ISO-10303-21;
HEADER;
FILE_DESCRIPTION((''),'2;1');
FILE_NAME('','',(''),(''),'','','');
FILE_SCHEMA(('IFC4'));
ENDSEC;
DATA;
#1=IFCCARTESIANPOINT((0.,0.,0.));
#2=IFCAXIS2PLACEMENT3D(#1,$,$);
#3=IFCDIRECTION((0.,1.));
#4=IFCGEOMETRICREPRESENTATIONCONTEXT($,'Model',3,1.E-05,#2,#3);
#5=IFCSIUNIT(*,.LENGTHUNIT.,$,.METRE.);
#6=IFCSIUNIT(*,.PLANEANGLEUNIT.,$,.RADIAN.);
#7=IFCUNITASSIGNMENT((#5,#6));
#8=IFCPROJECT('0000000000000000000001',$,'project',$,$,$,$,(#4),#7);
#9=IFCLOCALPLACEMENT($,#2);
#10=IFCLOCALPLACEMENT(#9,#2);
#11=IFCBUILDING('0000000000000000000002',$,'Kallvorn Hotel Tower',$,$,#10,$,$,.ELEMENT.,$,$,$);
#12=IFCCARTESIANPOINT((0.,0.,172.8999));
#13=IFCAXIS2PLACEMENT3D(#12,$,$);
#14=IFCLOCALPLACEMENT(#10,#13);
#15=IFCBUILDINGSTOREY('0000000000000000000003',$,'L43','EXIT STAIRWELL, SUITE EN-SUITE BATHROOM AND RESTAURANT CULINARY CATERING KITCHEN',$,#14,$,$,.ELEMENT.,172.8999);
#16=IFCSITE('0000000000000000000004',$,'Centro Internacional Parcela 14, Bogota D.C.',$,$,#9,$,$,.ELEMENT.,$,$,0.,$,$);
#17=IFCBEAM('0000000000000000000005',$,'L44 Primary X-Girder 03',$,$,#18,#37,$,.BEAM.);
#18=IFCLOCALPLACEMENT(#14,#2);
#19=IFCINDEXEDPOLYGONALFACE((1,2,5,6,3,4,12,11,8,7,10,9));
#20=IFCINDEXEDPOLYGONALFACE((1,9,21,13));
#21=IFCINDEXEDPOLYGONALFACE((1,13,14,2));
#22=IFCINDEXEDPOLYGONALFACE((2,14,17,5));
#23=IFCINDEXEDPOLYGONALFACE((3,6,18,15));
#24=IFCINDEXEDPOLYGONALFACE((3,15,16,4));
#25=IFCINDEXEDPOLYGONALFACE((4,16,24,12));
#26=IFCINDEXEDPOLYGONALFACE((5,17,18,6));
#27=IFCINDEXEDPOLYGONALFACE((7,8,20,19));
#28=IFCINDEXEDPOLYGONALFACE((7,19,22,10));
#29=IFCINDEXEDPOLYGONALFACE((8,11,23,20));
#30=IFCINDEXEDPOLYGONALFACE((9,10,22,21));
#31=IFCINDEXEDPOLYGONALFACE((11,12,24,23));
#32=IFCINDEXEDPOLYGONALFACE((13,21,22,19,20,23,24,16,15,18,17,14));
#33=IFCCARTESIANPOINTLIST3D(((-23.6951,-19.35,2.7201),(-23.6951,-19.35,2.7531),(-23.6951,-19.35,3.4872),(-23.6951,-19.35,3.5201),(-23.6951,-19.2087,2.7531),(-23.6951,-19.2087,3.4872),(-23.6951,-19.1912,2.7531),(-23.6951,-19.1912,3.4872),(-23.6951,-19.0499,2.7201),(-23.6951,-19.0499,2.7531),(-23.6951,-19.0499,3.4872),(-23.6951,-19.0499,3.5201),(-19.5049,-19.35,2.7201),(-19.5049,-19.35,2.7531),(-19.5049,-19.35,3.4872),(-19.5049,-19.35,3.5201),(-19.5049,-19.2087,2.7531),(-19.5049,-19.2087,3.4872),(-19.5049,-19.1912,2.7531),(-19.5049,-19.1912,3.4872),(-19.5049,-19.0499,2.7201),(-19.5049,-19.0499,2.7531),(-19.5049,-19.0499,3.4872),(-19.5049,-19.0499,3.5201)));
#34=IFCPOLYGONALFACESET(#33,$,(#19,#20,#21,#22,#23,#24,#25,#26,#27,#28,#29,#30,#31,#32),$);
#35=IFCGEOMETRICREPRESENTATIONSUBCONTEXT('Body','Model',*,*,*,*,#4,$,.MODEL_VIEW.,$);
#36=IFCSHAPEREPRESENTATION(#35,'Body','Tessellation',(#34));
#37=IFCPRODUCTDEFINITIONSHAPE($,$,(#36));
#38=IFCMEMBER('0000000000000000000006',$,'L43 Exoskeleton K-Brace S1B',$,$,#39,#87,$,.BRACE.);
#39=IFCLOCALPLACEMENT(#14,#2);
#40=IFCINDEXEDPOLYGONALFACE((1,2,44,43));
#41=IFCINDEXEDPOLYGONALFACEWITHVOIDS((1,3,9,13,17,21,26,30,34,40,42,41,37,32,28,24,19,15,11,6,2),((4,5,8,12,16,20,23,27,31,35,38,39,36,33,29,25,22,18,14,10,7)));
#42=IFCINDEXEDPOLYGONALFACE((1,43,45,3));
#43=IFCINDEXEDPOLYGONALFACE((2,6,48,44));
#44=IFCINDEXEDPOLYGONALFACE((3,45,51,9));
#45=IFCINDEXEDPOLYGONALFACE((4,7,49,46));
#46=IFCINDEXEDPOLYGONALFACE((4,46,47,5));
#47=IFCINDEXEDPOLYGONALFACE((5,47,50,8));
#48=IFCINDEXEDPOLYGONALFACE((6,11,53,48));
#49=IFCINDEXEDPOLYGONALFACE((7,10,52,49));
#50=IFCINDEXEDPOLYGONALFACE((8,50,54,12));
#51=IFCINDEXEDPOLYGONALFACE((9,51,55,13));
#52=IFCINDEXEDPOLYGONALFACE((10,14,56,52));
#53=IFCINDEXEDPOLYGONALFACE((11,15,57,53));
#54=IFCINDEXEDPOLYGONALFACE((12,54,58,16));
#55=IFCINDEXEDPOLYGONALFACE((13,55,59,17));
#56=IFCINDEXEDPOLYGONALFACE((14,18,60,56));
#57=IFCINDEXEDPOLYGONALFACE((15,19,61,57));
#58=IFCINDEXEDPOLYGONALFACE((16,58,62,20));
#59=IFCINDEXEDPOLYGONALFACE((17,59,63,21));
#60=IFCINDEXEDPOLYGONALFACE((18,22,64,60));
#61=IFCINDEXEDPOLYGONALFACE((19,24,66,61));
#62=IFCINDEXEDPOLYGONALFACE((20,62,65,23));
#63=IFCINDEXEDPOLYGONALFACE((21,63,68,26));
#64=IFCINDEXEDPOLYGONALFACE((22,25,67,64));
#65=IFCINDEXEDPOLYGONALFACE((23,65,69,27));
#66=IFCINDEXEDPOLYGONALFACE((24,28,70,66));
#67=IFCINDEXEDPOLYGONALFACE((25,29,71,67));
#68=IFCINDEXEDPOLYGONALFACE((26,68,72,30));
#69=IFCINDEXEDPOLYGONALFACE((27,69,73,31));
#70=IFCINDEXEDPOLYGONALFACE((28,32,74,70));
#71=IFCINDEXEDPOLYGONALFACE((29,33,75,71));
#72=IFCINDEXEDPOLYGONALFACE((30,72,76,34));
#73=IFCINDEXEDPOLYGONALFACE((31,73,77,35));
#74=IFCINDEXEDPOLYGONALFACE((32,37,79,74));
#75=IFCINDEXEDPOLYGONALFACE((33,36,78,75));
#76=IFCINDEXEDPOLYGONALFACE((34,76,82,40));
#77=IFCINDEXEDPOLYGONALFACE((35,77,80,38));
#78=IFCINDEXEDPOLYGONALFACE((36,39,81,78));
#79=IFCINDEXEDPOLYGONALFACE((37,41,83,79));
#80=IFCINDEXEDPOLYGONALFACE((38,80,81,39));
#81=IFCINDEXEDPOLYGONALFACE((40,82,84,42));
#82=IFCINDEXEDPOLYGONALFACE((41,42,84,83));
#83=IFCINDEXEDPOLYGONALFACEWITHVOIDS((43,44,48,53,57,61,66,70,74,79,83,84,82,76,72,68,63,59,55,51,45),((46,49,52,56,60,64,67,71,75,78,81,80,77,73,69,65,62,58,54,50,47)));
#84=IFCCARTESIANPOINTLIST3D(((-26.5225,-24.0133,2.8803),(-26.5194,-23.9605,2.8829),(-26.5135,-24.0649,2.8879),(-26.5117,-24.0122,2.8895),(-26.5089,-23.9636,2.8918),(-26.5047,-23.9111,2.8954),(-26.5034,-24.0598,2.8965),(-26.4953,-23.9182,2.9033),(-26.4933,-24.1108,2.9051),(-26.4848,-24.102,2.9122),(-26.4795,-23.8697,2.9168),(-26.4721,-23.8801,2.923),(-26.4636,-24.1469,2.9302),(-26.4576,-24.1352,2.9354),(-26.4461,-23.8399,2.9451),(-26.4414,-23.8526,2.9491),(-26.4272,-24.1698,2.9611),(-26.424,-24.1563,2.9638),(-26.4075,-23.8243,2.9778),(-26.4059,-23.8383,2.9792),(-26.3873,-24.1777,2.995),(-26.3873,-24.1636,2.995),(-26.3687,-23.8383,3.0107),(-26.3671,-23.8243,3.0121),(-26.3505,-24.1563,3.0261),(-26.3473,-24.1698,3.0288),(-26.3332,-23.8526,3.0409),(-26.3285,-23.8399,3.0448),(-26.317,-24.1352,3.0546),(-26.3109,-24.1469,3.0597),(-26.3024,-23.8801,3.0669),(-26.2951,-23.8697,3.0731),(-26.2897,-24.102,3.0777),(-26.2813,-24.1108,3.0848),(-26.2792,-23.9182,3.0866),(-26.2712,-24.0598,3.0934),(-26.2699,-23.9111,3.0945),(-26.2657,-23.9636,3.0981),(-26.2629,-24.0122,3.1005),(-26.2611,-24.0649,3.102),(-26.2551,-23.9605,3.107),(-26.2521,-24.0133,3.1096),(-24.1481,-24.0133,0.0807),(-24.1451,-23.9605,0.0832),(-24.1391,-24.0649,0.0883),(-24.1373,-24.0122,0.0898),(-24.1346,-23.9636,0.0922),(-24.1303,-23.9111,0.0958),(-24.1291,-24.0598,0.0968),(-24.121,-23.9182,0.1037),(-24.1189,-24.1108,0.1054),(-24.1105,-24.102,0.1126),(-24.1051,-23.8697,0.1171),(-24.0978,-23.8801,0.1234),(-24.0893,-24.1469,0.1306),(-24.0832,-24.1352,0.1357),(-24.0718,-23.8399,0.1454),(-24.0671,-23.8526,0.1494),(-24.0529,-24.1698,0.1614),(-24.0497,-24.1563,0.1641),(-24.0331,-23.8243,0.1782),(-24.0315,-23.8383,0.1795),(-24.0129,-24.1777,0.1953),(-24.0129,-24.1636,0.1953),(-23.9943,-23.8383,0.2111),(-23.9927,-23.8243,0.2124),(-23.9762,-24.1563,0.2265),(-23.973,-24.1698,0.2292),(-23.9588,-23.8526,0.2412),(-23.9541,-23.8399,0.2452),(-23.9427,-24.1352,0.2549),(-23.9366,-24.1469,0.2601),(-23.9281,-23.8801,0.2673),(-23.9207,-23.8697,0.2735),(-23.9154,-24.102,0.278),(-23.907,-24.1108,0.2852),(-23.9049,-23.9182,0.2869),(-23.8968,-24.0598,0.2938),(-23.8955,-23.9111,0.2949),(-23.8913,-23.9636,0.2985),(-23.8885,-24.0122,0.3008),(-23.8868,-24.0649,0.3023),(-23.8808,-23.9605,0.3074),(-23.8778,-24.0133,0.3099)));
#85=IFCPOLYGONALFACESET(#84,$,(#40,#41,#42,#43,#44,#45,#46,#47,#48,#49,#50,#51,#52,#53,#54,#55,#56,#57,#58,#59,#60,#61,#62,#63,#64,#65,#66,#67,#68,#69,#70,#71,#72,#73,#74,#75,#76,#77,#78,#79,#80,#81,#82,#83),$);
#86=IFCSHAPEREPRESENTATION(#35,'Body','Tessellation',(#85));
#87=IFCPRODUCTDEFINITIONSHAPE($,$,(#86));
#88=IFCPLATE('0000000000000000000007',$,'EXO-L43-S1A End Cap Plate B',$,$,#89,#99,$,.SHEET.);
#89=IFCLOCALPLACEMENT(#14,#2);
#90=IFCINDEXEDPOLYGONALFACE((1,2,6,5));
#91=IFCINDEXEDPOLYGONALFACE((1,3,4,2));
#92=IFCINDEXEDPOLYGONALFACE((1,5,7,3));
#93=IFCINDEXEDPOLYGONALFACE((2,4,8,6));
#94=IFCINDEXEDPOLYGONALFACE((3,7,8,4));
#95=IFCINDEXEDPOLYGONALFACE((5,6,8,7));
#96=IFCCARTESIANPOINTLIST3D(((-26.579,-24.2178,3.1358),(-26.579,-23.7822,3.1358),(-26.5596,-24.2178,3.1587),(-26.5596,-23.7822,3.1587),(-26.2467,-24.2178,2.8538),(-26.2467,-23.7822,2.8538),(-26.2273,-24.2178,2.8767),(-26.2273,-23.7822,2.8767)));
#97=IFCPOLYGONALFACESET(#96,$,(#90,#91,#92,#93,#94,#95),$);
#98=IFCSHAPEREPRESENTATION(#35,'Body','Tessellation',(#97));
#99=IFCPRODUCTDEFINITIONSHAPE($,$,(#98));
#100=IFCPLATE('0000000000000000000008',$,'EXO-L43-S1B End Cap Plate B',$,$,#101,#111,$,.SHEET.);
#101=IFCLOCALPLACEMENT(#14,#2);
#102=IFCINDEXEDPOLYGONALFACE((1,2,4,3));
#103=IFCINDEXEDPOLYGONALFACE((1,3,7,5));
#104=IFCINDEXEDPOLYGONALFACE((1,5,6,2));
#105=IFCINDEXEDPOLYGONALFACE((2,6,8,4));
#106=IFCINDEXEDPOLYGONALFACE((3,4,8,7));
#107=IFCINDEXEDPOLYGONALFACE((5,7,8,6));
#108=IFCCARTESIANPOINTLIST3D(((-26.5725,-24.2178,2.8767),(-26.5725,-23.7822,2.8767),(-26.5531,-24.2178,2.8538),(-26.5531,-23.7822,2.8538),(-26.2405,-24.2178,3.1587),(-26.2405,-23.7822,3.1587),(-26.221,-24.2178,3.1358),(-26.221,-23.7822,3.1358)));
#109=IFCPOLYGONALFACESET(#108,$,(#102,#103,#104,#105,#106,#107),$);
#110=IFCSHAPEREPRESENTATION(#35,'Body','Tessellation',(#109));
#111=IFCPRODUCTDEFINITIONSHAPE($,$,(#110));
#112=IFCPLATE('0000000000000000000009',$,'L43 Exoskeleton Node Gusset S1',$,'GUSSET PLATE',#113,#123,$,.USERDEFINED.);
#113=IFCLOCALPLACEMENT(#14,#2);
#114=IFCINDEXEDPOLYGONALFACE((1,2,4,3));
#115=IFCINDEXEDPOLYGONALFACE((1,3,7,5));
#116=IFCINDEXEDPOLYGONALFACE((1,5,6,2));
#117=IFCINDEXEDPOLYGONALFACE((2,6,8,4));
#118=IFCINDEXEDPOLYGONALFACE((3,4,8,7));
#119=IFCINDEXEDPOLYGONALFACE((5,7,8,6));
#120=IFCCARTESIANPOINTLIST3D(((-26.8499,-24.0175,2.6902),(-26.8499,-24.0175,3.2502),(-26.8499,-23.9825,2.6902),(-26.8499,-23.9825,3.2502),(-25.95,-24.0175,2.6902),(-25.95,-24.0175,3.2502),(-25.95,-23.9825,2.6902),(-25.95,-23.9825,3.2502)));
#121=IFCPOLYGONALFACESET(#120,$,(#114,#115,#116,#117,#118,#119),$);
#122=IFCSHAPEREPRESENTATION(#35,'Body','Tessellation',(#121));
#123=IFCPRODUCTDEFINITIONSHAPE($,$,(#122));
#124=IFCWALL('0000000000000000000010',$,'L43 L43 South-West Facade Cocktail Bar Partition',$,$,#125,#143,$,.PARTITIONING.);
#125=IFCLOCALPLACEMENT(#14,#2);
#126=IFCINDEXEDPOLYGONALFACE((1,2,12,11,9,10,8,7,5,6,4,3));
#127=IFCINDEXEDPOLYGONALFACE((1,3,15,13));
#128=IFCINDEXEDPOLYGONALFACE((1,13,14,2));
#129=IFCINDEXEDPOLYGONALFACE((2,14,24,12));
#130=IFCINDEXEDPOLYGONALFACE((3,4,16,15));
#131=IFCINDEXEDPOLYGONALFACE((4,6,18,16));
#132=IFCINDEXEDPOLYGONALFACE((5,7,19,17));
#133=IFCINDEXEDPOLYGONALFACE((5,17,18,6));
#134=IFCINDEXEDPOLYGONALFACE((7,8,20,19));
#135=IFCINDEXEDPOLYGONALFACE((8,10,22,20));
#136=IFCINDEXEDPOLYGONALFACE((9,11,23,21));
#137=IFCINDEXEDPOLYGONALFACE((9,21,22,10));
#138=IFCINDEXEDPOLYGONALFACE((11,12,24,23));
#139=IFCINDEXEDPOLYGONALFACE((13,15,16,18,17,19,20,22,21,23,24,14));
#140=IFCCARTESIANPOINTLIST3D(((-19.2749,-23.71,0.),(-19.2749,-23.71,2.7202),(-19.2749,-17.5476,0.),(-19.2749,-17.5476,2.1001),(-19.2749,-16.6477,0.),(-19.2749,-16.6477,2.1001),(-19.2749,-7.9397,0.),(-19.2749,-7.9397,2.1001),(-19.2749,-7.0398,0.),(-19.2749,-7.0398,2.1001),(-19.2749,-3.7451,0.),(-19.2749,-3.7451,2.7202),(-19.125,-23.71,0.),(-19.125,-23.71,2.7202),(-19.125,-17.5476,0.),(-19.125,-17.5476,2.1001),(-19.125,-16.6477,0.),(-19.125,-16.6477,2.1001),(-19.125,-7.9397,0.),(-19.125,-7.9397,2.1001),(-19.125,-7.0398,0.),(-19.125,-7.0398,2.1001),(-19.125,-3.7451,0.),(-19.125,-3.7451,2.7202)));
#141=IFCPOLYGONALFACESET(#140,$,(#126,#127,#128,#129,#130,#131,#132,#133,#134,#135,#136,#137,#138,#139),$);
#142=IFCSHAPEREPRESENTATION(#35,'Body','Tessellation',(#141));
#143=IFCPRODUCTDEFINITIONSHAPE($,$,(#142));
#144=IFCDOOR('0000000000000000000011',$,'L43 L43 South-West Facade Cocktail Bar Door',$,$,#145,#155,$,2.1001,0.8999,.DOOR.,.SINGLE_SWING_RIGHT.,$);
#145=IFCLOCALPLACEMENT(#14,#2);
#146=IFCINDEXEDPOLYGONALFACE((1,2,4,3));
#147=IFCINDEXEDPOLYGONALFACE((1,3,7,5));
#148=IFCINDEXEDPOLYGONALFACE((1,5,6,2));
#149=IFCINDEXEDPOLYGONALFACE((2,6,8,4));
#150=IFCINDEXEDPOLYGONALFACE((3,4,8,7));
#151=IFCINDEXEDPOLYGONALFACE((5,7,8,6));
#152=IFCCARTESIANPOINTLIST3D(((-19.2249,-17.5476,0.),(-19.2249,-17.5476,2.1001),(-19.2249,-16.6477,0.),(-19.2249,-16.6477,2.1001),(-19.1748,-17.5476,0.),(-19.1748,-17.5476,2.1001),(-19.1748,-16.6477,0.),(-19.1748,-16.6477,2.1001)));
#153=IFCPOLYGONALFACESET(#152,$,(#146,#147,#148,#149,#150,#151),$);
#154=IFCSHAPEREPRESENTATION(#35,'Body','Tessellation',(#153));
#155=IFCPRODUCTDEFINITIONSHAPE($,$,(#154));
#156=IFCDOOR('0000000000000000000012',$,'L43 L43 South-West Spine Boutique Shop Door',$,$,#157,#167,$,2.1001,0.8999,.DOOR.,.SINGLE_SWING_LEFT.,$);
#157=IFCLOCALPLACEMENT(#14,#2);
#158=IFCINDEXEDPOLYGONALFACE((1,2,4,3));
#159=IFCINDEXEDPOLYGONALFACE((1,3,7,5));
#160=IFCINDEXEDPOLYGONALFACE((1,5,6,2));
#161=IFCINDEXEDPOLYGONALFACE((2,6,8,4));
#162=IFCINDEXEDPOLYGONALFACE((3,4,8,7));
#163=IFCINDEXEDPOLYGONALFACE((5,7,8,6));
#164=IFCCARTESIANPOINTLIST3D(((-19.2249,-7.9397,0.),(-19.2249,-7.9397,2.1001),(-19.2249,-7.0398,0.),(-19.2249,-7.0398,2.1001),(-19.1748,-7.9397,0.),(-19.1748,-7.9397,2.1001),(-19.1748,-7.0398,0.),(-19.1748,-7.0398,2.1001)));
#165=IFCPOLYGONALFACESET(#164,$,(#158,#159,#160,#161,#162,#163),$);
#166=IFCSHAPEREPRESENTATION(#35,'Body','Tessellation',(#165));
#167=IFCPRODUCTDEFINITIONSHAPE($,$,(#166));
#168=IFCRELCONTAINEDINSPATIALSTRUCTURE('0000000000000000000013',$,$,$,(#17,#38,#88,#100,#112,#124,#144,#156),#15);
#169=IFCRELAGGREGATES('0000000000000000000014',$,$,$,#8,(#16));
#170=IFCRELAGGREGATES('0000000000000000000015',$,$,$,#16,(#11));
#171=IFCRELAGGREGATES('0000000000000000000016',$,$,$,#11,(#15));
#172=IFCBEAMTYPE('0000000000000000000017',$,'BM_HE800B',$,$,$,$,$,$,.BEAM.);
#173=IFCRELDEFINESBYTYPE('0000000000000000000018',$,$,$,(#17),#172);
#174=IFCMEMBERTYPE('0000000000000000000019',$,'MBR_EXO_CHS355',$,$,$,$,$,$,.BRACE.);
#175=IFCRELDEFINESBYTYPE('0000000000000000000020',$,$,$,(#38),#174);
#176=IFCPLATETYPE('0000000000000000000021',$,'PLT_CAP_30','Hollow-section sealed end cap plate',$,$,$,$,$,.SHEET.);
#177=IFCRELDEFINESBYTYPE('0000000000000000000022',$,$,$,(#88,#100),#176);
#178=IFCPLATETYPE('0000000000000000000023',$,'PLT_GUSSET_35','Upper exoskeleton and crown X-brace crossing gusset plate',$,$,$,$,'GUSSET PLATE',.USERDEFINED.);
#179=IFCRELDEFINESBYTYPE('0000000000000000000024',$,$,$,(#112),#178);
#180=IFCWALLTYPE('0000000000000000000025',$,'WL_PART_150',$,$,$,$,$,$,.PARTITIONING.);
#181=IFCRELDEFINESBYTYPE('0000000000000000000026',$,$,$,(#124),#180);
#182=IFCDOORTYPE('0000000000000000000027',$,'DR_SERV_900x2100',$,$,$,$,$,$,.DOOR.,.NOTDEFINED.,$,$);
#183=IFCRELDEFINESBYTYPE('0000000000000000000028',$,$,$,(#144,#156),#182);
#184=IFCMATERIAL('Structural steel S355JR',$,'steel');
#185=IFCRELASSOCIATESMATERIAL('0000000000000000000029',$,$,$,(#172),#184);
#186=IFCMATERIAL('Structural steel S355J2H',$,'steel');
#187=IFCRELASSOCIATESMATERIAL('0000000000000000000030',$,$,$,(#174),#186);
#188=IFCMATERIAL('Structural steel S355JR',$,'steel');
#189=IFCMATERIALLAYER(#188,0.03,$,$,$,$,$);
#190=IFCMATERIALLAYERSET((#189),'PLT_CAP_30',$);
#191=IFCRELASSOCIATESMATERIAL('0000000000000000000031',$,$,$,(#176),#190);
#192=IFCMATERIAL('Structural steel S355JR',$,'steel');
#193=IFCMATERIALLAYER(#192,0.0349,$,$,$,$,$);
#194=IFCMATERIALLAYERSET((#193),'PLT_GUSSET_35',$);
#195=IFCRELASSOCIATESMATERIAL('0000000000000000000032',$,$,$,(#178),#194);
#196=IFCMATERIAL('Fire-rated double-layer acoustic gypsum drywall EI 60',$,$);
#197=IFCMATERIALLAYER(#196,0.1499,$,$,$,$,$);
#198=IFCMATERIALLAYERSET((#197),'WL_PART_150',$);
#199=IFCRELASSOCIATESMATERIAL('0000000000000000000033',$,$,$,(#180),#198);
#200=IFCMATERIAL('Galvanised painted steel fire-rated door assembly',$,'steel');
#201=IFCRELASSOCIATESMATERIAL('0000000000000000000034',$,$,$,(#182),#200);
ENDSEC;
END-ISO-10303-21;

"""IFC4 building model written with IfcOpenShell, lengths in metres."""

from ifc_helpers import new_model, si_unit, direction, frame, frame_2d, origin, origin_2d, place, context, subcontext, project, spatial, polyline, rectangle, hollow_circle, i_section, outline, extrude, material, layer, layer_set, material_profile, profile_set, type_object, element, fill, save


model = new_model("IFC4")

# Units and contexts
model_context = context("Model", 3, precision=1e-05, world=origin(), true_north=direction((0.0, 1.0)))
body_context = subcontext(model_context, "Body", "Model", "MODEL_VIEW")
ifc_project = project(units=[si_unit("LENGTHUNIT", "METRE"), si_unit("PLANEANGLEUNIT", "RADIAN")], contexts=[model_context])

# Site, building, storey
site_placement = place(None, origin())
site = spatial("IfcSite", under=ifc_project, at=site_placement, Name="Centro Internacional Parcela 14, Bogota D.C.", CompositionType="ELEMENT", RefElevation=0.0)
building_placement = place(site_placement, origin())
building = spatial("IfcBuilding", under=site, at=building_placement, Name="Kallvorn Hotel Tower", CompositionType="ELEMENT")
storey_placement = place(building_placement, frame((0.0, 0.0, 172.8999)))
storey = spatial("IfcBuildingStorey", under=building, at=storey_placement, Name="L43", Description="EXIT STAIRWELL, SUITE EN-SUITE BATHROOM AND RESTAURANT CULINARY CATERING KITCHEN", CompositionType="ELEMENT", Elevation=172.8999)

# Beam
ifc_material_1 = material(Name="Structural steel S355JR", Category="steel")
ifc_material_profile_1 = material_profile(ifc_material_1, i_section(OverallWidth=0.3, OverallDepth=0.8, WebThickness=0.0176, FlangeThickness=0.033, at=origin_2d()), Name="HE 800 B")
ifc_profile_set_1 = profile_set([ifc_material_profile_1], Name="Structural steel S355JR")
beam_type_1 = type_object("IfcBeamType", Name="BM_HE800B", PredefinedType="BEAM", material=ifc_profile_set_1)
beam_1_placement = place(storey_placement, frame((-23.6951, -19.2, 3.1201), z_axis=(1.0, 0.0, 0.0), x_axis=(0.0, 1.0, 0.0)))
element("IfcBeam", 1, at=beam_1_placement, inside=storey, type_object=beam_type_1, Name="L44 Primary X-Girder 03", PredefinedType="BEAM", context=body_context, shape_type="SweptSolid", body=[
    extrude(i_section(OverallWidth=0.3, OverallDepth=0.8, WebThickness=0.0176, FlangeThickness=0.033, at=origin_2d()), origin(), (0.0, 0.0, 1.0), 4.1902),
])

# Member
ifc_material_2 = material(Name="Structural steel S355J2H", Category="steel")
ifc_material_profile_2 = material_profile(ifc_material_2, hollow_circle(Radius=0.1777, WallThickness=0.0142, at=origin_2d()), Name="CHS 355.6x14.2")
ifc_profile_set_2 = profile_set([ifc_material_profile_2], Name="Structural steel S355J2H")
member_type = type_object("IfcMemberType", Name="MBR_EXO_CHS355", PredefinedType="BRACE", material=ifc_profile_set_2)
member_placement = place(storey_placement, frame((-24.0129, -24.0, 0.1953), z_axis=(-0.6468, 0.0, 0.762659), x_axis=(0.0, -1.0, 0.0)))
element("IfcMember", 2, at=member_placement, inside=storey, type_object=member_type, Name="L43 Exoskeleton K-Brace S1B", PredefinedType="BRACE", context=body_context, shape_type="SweptSolid", body=[
    extrude(hollow_circle(Radius=0.1777, WallThickness=0.0142, at=origin_2d()), origin(), (0.0, 0.0, 1.0), 3.6709),
])

# Plates
ifc_material_3 = material(Name="Structural steel S355JR", Category="steel")
ifc_layer_1 = layer(ifc_material_3, 0.03)
ifc_layer_set_1 = layer_set([ifc_layer_1], Name="PLT_CAP_30")
plate_type_1 = type_object("IfcPlateType", Name="PLT_CAP_30", Description="Hollow-section sealed end cap plate", PredefinedType="SHEET", material=ifc_layer_set_1)
plate_1_placement = place(storey_placement, frame((-26.2273, -24.2178, 2.8767), z_axis=(0.647047, 0.0, 0.762451), x_axis=(0.0, 1.0, 0.0)))
element("IfcPlate", 3, at=plate_1_placement, inside=storey, type_object=plate_type_1, Name="EXO-L43-S1A End Cap Plate B", PredefinedType="SHEET", context=body_context, shape_type="SweptSolid", body=[
    extrude(outline(polyline([(0.0, 0.0), (0.4355, 0.0), (0.4355, 0.4358), (0.0, 0.4358), (0.0, 0.0)])), origin(), (0.0, 0.0, -1.0), 0.03),
])
plate_2_placement = place(storey_placement, frame((-26.5725, -23.7822, 2.8767), z_axis=(-0.647323, 0.0, 0.762216), x_axis=(0.0, -1.0, 0.0)))
element("IfcPlate", 4, at=plate_2_placement, inside=storey, type_object=plate_type_1, Name="EXO-L43-S1B End Cap Plate B", PredefinedType="SHEET", context=body_context, shape_type="SweptSolid", body=[
    extrude(outline(polyline([(0.0, 0.0), (0.4355, 0.0), (0.4355, 0.4356), (0.0, 0.4356), (0.0, 0.0)])), origin(), (0.0, 0.0, -1.0), 0.03),
])
ifc_material_4 = material(Name="Structural steel S355JR", Category="steel")
ifc_layer_2 = layer(ifc_material_4, 0.0349)
ifc_layer_set_2 = layer_set([ifc_layer_2], Name="PLT_GUSSET_35")
plate_type_2 = type_object("IfcPlateType", Name="PLT_GUSSET_35", Description="Upper exoskeleton and crown X-brace crossing gusset plate", ElementType="GUSSET PLATE", PredefinedType="USERDEFINED", material=ifc_layer_set_2)
plate_3_placement = place(storey_placement, frame((-26.3999, -24.0, 2.6902), z_axis=(0.0, 0.0, 1.0), x_axis=(1.0, 0.0, 0.0)))
element("IfcPlate", 5, at=plate_3_placement, inside=storey, type_object=plate_type_2, Name="L43 Exoskeleton Node Gusset S1", ObjectType="GUSSET PLATE", PredefinedType="USERDEFINED", context=body_context, shape_type="SweptSolid", body=[
    extrude(rectangle(XDim=0.8999, YDim=0.0349, at=origin_2d()), origin(), (0.0, 0.0, 1.0), 0.5601),
])

# Wall, openings, doors
ifc_material_5 = material(Name="Fire-rated double-layer acoustic gypsum drywall EI 60")
ifc_layer_3 = layer(ifc_material_5, 0.1499)
ifc_layer_set_3 = layer_set([ifc_layer_3], Name="WL_PART_150")
wall_type = type_object("IfcWallType", Name="WL_PART_150", PredefinedType="PARTITIONING", material=ifc_layer_set_3)
wall_placement = place(storey_placement, frame((-19.2, -23.71, 0.0), z_axis=(0.0, 0.0, 1.0), x_axis=(0.0, 1.0, 0.0)))
wall = element("IfcWall", 6, at=wall_placement, inside=storey, type_object=wall_type, Name="L43 L43 South-West Facade Cocktail Bar Partition", PredefinedType="PARTITIONING", context=body_context, shape_type="SweptSolid", body=[
    extrude(rectangle(XDim=19.9648, YDim=0.1499, at=frame_2d((9.9824, 0.0))), origin(), (0.0, 0.0, 1.0), 2.7202),
])
opening_1_placement = place(wall_placement, frame((6.1624, 0.0, 0.0)))
opening_1 = element("IfcOpeningElement", 7, at=opening_1_placement, cuts=wall, PredefinedType="OPENING", context=body_context, shape_type="SweptSolid", body=[
    extrude(rectangle(XDim=0.8999, YDim=2.1001, at=frame_2d((0.45, 1.05))), frame((0.0, 0.0898, 0.0), z_axis=(0.0, -1.0, 0.0), x_axis=(1.0, 0.0, 0.0)), (0.0, 0.0, 1.0), 0.1799),
])
opening_2_placement = place(wall_placement, frame((15.7703, 0.0, 0.0)))
opening_2 = element("IfcOpeningElement", 8, at=opening_2_placement, cuts=wall, PredefinedType="OPENING", context=body_context, shape_type="SweptSolid", body=[
    extrude(rectangle(XDim=0.8999, YDim=2.1001, at=frame_2d((0.45, 1.05))), frame((0.0, 0.0898, 0.0), z_axis=(0.0, -1.0, 0.0), x_axis=(1.0, 0.0, 0.0)), (0.0, 0.0, 1.0), 0.1799),
])
ifc_material_6 = material(Name="Galvanised painted steel fire-rated door assembly", Category="steel")
door_type = type_object("IfcDoorType", Name="DR_SERV_900x2100", OperationType="NOTDEFINED", PredefinedType="DOOR", material=ifc_material_6)
door_1_placement = place(opening_1_placement, origin())
door_1 = element("IfcDoor", 9, at=door_1_placement, inside=storey, type_object=door_type, Name="L43 L43 South-West Facade Cocktail Bar Door", OperationType="SINGLE_SWING_RIGHT", OverallHeight=2.1001, OverallWidth=0.8999, PredefinedType="DOOR", context=body_context, shape_type="SweptSolid", body=[
    extrude(rectangle(XDim=0.8999, YDim=2.1001, at=frame_2d((0.45, 1.05))), frame((0.0, 0.0249, 0.0), z_axis=(0.0, -1.0, 0.0), x_axis=(1.0, 0.0, 0.0)), (0.0, 0.0, 1.0), 0.05),
])
fill(opening_1, door_1)
door_2_placement = place(opening_2_placement, origin())
door_2 = element("IfcDoor", 10, at=door_2_placement, inside=storey, type_object=door_type, Name="L43 L43 South-West Spine Boutique Shop Door", OperationType="SINGLE_SWING_LEFT", OverallHeight=2.1001, OverallWidth=0.8999, PredefinedType="DOOR", context=body_context, shape_type="SweptSolid", body=[
    extrude(rectangle(XDim=0.8999, YDim=2.1001, at=frame_2d((0.45, 1.05))), frame((0.0, 0.0249, 0.0), z_axis=(0.0, -1.0, 0.0), x_axis=(1.0, 0.0, 0.0)), (0.0, 0.0, 1.0), 0.05),
])
fill(opening_2, door_2)

save(model, "model.ifc")
